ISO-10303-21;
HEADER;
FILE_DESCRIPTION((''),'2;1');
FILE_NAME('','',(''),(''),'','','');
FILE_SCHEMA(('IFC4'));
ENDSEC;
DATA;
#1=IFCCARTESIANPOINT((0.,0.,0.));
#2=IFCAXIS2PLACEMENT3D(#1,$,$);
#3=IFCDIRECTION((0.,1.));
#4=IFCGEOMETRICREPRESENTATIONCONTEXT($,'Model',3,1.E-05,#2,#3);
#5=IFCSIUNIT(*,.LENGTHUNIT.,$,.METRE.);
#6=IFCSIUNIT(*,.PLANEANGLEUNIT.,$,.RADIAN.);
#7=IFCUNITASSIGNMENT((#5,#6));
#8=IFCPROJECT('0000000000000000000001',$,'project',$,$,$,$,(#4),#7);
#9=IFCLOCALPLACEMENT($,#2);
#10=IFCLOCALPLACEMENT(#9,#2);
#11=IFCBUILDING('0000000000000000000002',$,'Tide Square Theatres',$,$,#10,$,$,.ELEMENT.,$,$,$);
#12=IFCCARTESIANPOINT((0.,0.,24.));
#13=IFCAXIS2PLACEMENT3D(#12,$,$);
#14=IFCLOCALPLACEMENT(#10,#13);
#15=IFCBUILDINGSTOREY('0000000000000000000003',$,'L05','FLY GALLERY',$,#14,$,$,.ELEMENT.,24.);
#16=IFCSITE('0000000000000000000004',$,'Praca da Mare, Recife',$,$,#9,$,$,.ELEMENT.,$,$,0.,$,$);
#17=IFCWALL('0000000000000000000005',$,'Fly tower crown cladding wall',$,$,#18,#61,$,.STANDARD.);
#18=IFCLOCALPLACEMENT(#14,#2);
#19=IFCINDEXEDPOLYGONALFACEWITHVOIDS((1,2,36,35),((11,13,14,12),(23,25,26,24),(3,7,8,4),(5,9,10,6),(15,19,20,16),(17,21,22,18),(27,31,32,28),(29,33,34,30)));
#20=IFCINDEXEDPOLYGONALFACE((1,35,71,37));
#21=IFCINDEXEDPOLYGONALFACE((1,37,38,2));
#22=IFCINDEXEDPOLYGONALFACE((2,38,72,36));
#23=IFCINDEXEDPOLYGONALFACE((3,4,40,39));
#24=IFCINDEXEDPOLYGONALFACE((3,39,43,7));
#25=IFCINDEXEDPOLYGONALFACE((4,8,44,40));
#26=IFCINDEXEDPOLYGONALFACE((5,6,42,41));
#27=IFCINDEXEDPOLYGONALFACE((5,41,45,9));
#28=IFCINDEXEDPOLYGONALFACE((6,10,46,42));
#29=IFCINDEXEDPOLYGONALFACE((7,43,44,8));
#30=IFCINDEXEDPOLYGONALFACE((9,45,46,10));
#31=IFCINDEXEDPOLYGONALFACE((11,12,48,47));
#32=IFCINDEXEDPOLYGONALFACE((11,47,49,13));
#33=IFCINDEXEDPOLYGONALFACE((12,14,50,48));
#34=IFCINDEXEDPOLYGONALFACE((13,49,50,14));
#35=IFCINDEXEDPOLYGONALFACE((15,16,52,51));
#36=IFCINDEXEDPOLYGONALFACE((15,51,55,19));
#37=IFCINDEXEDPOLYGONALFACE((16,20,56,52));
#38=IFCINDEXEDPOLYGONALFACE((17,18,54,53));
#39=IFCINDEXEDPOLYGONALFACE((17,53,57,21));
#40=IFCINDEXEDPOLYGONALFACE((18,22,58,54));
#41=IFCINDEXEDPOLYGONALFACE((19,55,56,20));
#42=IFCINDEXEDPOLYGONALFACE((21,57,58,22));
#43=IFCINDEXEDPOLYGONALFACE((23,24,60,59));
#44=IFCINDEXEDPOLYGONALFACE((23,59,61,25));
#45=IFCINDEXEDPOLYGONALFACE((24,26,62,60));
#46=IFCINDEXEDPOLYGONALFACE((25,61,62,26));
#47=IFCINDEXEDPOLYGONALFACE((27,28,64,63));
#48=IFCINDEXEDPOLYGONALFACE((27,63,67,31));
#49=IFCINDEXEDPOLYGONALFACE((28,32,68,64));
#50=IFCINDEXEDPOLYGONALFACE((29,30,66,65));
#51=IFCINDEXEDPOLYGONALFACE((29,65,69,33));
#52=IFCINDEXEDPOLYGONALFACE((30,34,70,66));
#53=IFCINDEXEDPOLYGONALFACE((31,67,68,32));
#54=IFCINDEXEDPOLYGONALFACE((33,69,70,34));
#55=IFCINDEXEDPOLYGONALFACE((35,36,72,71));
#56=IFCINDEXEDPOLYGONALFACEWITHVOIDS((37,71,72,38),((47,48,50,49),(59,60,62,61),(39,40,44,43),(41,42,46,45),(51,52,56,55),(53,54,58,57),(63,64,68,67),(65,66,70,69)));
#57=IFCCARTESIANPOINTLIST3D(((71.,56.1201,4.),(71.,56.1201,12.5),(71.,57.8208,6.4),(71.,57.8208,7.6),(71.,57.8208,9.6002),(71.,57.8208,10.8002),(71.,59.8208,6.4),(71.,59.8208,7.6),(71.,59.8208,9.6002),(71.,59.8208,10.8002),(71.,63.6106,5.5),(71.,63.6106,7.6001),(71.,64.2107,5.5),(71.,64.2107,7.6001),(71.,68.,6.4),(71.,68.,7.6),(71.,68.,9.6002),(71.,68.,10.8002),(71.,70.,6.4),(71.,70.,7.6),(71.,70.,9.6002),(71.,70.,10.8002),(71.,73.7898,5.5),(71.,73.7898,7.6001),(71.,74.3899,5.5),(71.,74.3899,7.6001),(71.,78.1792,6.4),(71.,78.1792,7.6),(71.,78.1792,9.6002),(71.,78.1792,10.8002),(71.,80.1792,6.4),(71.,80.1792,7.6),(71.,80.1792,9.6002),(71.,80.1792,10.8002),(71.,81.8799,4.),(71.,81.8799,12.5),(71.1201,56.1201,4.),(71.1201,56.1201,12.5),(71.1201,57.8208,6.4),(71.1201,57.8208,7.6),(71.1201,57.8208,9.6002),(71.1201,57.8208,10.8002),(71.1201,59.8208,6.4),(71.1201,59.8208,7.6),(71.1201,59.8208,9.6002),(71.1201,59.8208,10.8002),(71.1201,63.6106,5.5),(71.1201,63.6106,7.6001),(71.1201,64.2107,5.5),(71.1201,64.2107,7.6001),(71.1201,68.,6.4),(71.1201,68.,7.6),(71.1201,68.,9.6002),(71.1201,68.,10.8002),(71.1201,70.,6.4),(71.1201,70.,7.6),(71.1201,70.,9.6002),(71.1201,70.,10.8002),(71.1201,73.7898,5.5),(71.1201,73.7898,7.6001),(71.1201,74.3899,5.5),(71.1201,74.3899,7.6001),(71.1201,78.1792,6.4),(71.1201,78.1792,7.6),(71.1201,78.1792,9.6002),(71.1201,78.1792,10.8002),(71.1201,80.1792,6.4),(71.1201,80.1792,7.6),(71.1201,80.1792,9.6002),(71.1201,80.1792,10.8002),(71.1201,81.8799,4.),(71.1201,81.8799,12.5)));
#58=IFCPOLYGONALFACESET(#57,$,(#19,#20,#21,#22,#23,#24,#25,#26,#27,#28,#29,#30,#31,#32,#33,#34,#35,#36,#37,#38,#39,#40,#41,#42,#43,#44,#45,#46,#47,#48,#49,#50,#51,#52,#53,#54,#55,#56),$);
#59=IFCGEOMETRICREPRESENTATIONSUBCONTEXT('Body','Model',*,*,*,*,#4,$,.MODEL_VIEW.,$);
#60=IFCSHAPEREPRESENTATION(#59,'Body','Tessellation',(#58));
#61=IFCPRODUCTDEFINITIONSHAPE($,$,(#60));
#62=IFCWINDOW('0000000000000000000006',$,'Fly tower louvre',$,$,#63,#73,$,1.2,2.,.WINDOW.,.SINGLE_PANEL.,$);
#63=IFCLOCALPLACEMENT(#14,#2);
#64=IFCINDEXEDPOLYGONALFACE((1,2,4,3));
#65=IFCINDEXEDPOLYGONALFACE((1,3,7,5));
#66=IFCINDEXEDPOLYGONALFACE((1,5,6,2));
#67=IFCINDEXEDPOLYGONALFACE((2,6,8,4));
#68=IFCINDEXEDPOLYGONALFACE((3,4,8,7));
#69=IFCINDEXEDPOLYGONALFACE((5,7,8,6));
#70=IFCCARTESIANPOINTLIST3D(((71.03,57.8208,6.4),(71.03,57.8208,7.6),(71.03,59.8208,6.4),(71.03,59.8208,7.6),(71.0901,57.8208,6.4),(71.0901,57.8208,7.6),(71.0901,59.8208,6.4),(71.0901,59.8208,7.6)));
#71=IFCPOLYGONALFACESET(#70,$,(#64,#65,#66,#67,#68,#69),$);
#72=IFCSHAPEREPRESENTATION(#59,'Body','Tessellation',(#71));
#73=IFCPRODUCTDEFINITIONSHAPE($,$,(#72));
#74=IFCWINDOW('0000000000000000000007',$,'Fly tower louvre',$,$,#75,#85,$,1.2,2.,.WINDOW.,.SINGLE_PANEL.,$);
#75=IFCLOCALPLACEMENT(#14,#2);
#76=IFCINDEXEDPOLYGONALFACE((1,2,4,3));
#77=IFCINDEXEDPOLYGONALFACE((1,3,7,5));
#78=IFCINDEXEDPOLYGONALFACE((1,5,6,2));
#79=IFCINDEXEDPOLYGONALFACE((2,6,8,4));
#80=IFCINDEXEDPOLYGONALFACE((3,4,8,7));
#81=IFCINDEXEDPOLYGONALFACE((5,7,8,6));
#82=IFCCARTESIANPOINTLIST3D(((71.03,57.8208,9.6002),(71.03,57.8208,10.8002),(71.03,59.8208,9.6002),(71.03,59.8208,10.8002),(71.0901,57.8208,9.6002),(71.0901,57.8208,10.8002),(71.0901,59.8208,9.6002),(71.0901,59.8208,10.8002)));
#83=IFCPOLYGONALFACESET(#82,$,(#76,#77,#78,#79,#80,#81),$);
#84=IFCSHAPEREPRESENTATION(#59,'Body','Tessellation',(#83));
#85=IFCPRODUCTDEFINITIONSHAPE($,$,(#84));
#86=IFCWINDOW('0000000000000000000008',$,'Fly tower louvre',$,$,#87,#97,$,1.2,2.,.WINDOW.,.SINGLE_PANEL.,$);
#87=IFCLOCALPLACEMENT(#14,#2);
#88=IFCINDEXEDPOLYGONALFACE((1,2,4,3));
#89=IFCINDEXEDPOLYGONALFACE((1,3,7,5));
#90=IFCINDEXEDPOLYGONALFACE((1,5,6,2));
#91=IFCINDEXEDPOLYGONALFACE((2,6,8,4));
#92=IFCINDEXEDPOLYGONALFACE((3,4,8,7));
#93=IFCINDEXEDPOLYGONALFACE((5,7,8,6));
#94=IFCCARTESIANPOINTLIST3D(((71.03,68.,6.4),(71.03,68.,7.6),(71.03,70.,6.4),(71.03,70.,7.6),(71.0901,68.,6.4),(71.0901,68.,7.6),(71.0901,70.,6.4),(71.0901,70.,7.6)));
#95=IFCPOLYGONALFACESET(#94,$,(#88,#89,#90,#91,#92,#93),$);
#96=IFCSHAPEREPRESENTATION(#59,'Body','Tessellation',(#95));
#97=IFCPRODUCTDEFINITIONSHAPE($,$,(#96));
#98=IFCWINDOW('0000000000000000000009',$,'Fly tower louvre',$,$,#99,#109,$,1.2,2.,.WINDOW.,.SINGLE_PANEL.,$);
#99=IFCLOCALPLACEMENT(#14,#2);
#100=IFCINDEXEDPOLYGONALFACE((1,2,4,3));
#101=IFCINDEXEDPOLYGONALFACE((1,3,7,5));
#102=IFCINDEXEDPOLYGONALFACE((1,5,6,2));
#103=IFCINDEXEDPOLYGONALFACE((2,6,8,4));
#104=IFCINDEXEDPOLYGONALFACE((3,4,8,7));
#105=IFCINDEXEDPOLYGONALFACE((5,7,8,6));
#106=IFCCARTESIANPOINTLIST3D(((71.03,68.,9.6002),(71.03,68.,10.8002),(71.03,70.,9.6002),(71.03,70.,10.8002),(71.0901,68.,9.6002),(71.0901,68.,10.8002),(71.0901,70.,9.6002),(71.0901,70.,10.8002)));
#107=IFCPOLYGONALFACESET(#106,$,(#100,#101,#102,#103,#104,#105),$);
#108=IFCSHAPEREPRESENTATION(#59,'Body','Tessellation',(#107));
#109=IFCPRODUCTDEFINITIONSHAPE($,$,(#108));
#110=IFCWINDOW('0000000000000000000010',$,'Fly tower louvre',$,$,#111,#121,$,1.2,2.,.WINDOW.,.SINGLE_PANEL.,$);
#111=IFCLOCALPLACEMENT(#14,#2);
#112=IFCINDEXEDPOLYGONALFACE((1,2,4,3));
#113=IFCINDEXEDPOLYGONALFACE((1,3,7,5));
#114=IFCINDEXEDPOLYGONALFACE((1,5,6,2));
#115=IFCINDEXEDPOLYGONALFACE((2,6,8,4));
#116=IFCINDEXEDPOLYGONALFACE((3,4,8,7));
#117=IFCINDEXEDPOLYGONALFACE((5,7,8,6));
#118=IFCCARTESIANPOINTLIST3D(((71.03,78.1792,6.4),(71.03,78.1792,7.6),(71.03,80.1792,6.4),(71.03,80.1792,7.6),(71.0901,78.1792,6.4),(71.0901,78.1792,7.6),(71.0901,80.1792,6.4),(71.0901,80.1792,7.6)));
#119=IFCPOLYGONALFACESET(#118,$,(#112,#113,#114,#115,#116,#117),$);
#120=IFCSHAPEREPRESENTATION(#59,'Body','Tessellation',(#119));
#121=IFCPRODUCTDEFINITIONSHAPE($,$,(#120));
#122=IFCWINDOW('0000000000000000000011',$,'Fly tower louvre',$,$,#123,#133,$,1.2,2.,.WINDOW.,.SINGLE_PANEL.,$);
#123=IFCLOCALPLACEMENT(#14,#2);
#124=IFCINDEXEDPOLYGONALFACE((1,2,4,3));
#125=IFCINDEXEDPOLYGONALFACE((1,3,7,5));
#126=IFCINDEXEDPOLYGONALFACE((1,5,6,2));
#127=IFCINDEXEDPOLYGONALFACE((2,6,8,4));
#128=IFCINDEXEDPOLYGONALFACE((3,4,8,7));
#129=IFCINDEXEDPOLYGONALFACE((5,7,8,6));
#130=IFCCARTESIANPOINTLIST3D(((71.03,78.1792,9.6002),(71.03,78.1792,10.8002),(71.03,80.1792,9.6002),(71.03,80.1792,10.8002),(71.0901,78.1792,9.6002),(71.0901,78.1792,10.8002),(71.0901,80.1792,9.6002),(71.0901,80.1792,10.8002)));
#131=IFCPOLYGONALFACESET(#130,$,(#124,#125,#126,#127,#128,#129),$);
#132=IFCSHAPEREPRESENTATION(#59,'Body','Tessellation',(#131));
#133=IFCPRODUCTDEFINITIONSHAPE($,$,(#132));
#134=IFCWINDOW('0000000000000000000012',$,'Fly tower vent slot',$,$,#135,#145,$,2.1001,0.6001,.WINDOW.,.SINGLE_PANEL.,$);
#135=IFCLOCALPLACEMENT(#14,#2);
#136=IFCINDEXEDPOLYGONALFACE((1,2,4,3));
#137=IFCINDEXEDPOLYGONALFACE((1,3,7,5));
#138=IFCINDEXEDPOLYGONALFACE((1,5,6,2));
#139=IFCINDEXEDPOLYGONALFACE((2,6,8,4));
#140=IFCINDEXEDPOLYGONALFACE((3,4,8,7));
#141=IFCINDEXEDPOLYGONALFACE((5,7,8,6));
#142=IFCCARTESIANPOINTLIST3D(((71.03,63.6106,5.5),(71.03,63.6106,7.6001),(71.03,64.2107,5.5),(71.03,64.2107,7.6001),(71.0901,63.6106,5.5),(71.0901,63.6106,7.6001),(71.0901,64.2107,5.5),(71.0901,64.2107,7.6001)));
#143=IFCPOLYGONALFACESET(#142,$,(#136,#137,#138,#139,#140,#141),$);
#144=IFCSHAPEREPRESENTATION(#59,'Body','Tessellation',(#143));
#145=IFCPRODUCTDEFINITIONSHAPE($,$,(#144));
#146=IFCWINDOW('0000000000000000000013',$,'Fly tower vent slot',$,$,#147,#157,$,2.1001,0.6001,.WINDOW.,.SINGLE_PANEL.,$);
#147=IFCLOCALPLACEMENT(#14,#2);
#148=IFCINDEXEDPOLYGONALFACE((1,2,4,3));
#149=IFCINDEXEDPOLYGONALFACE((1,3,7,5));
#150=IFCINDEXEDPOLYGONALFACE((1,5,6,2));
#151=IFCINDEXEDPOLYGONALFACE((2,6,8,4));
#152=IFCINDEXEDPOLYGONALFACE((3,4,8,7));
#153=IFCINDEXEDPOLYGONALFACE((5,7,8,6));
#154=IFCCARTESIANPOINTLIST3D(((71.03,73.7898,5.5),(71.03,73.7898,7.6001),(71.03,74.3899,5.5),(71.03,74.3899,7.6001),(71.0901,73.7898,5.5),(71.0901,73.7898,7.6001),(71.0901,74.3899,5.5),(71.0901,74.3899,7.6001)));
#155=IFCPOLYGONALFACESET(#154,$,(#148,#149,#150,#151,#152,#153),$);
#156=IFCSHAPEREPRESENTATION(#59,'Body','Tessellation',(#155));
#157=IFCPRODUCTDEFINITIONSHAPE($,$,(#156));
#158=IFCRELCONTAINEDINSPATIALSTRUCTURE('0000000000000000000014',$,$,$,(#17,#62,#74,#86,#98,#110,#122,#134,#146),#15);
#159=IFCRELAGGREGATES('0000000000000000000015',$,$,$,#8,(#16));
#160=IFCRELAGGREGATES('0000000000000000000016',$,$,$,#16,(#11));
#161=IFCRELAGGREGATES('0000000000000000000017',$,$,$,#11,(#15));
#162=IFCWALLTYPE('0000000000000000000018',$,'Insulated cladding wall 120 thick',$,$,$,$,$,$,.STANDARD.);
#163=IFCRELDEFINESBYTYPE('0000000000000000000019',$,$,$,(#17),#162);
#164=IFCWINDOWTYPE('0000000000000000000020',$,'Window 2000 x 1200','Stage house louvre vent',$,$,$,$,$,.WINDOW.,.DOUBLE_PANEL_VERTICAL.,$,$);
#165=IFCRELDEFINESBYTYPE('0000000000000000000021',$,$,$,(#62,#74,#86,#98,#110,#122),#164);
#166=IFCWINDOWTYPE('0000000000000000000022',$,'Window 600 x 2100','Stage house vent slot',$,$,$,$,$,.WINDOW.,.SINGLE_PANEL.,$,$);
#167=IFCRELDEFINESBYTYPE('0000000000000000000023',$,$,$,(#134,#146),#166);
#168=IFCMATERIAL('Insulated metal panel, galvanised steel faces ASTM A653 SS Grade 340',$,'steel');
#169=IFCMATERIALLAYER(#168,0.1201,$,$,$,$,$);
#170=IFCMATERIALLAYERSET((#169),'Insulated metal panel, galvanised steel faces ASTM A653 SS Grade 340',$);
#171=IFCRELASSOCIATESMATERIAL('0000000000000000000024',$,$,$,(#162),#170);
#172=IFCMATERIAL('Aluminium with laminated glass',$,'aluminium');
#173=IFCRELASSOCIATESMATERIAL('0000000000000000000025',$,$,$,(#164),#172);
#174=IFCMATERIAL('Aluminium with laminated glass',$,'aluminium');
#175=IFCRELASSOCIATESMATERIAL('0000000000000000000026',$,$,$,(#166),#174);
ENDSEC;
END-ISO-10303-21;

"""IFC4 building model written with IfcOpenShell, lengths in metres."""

from ifc_helpers import new_model, si_unit, direction, frame, frame_2d, origin, place, context, subcontext, project, spatial, rectangle, extrude, material, layer, layer_set, type_object, element, fill, save


model = new_model("IFC4")

# Units and contexts
model_context = context("Model", 3, precision=1e-05, world=origin(), true_north=direction((0.0, 1.0)))
body_context = subcontext(model_context, "Body", "Model", "MODEL_VIEW")
ifc_project = project(units=[si_unit("LENGTHUNIT", "METRE"), si_unit("PLANEANGLEUNIT", "RADIAN")], contexts=[model_context])

# Site, building, storey
site_placement = place(None, origin())
site = spatial("IfcSite", under=ifc_project, at=site_placement, Name="Praca da Mare, Recife", CompositionType="ELEMENT", RefElevation=0.0)
building_placement = place(site_placement, origin())
building = spatial("IfcBuilding", under=site, at=building_placement, Name="Tide Square Theatres", CompositionType="ELEMENT")
storey_placement = place(building_placement, frame((0.0, 0.0, 24.0)))
storey = spatial("IfcBuildingStorey", under=building, at=storey_placement, Name="L05", Description="FLY GALLERY", CompositionType="ELEMENT", Elevation=24.0)

# Wall, openings, windows
ifc_material_1 = material(Name="Insulated metal panel, galvanised steel faces ASTM A653 SS Grade 340", Category="steel")
ifc_layer = layer(ifc_material_1, 0.1201)
ifc_layer_set = layer_set([ifc_layer], Name="Insulated metal panel, galvanised steel faces ASTM A653 SS Grade 340")
wall_type = type_object("IfcWallType", Name="Insulated cladding wall 120 thick", PredefinedType="STANDARD", material=ifc_layer_set)
wall_1_placement = place(storey_placement, frame((71.0601, 56.1201, 4.0), z_axis=(0.0, 0.0, 1.0), x_axis=(0.0, 1.0, 0.0)))
wall_1 = element("IfcWall", 1, at=wall_1_placement, inside=storey, type_object=wall_type, Name="Fly tower crown cladding wall", PredefinedType="STANDARD", context=body_context, shape_type="SweptSolid", body=[
    extrude(rectangle(XDim=25.7598, YDim=0.1201, at=frame_2d((12.8799, 0.0))), origin(), (0.0, 0.0, 1.0), 8.5),
])
opening_1_placement = place(wall_1_placement, frame((1.7007, 0.0, 2.3999)))
opening_1 = element("IfcOpeningElement", 2, at=opening_1_placement, cuts=wall_1, PredefinedType="OPENING", context=body_context, shape_type="SweptSolid", body=[
    extrude(rectangle(XDim=2.0, YDim=1.2, at=frame_2d((1.0, 0.6001))), frame((0.0, 0.0701, 0.0), z_axis=(0.0, -1.0, 0.0), x_axis=(1.0, 0.0, 0.0)), (0.0, 0.0, 1.0), 0.1401),
])
opening_2_placement = place(wall_1_placement, frame((1.7007, 0.0, 5.6001)))
opening_2 = element("IfcOpeningElement", 3, at=opening_2_placement, cuts=wall_1, PredefinedType="OPENING", context=body_context, shape_type="SweptSolid", body=[
    extrude(rectangle(XDim=2.0, YDim=1.2, at=frame_2d((1.0, 0.6001))), frame((0.0, 0.0701, 0.0), z_axis=(0.0, -1.0, 0.0), x_axis=(1.0, 0.0, 0.0)), (0.0, 0.0, 1.0), 0.1401),
])
opening_3_placement = place(wall_1_placement, frame((11.8799, 0.0, 2.3999)))
opening_3 = element("IfcOpeningElement", 4, at=opening_3_placement, cuts=wall_1, PredefinedType="OPENING", context=body_context, shape_type="SweptSolid", body=[
    extrude(rectangle(XDim=2.0, YDim=1.2, at=frame_2d((1.0, 0.6001))), frame((0.0, 0.0701, 0.0), z_axis=(0.0, -1.0, 0.0), x_axis=(1.0, 0.0, 0.0)), (0.0, 0.0, 1.0), 0.1401),
])
opening_4_placement = place(wall_1_placement, frame((11.8799, 0.0, 5.6001)))
opening_4 = element("IfcOpeningElement", 5, at=opening_4_placement, cuts=wall_1, PredefinedType="OPENING", context=body_context, shape_type="SweptSolid", body=[
    extrude(rectangle(XDim=2.0, YDim=1.2, at=frame_2d((1.0, 0.6001))), frame((0.0, 0.0701, 0.0), z_axis=(0.0, -1.0, 0.0), x_axis=(1.0, 0.0, 0.0)), (0.0, 0.0, 1.0), 0.1401),
])
opening_5_placement = place(wall_1_placement, frame((22.0591, 0.0, 2.3999)))
opening_5 = element("IfcOpeningElement", 6, at=opening_5_placement, cuts=wall_1, PredefinedType="OPENING", context=body_context, shape_type="SweptSolid", body=[
    extrude(rectangle(XDim=2.0, YDim=1.2, at=frame_2d((1.0, 0.6001))), frame((0.0, 0.0701, 0.0), z_axis=(0.0, -1.0, 0.0), x_axis=(1.0, 0.0, 0.0)), (0.0, 0.0, 1.0), 0.1401),
])
opening_6_placement = place(wall_1_placement, frame((22.0591, 0.0, 5.6001)))
opening_6 = element("IfcOpeningElement", 7, at=opening_6_placement, cuts=wall_1, PredefinedType="OPENING", context=body_context, shape_type="SweptSolid", body=[
    extrude(rectangle(XDim=2.0, YDim=1.2, at=frame_2d((1.0, 0.6001))), frame((0.0, 0.0701, 0.0), z_axis=(0.0, -1.0, 0.0), x_axis=(1.0, 0.0, 0.0)), (0.0, 0.0, 1.0), 0.1401),
])
opening_7_placement = place(wall_1_placement, frame((7.4905, 0.0, 1.5)))
opening_7 = element("IfcOpeningElement", 8, at=opening_7_placement, cuts=wall_1, PredefinedType="OPENING", context=body_context, shape_type="SweptSolid", body=[
    extrude(rectangle(XDim=0.6001, YDim=2.1001, at=frame_2d((0.3, 1.05))), frame((0.0, 0.0701, 0.0), z_axis=(0.0, -1.0, 0.0), x_axis=(1.0, 0.0, 0.0)), (0.0, 0.0, 1.0), 0.1401),
])
opening_8_placement = place(wall_1_placement, frame((17.6697, 0.0, 1.5)))
opening_8 = element("IfcOpeningElement", 9, at=opening_8_placement, cuts=wall_1, PredefinedType="OPENING", context=body_context, shape_type="SweptSolid", body=[
    extrude(rectangle(XDim=0.6001, YDim=2.1001, at=frame_2d((0.3, 1.05))), frame((0.0, 0.0701, 0.0), z_axis=(0.0, -1.0, 0.0), x_axis=(1.0, 0.0, 0.0)), (0.0, 0.0, 1.0), 0.1401),
])
ifc_material_2 = material(Name="Aluminium with laminated glass", Category="aluminium")
window_type_1 = type_object("IfcWindowType", Name="Window 2000 x 1200", Description="Stage house louvre vent", PartitioningType="DOUBLE_PANEL_VERTICAL", PredefinedType="WINDOW", material=ifc_material_2)
window_1_placement = place(opening_1_placement, origin())
window_1 = element("IfcWindow", 10, at=window_1_placement, inside=storey, type_object=window_type_1, Name="Fly tower louvre", OverallHeight=1.2, OverallWidth=2.0, PartitioningType="SINGLE_PANEL", PredefinedType="WINDOW", context=body_context, shape_type="SweptSolid", body=[
    extrude(rectangle(XDim=2.0, YDim=1.2, at=frame_2d((1.0, 0.6001))), frame((0.0, 0.03, 0.0), z_axis=(0.0, -1.0, 0.0), x_axis=(1.0, 0.0, 0.0)), (0.0, 0.0, 1.0), 0.0601),
])
fill(opening_1, window_1)
window_2_placement = place(opening_2_placement, origin())
window_2 = element("IfcWindow", 11, at=window_2_placement, inside=storey, type_object=window_type_1, Name="Fly tower louvre", OverallHeight=1.2, OverallWidth=2.0, PartitioningType="SINGLE_PANEL", PredefinedType="WINDOW", context=body_context, shape_type="SweptSolid", body=[
    extrude(rectangle(XDim=2.0, YDim=1.2, at=frame_2d((1.0, 0.6001))), frame((0.0, 0.03, 0.0), z_axis=(0.0, -1.0, 0.0), x_axis=(1.0, 0.0, 0.0)), (0.0, 0.0, 1.0), 0.0601),
])
fill(opening_2, window_2)
window_3_placement = place(opening_3_placement, origin())
window_3 = element("IfcWindow", 12, at=window_3_placement, inside=storey, type_object=window_type_1, Name="Fly tower louvre", OverallHeight=1.2, OverallWidth=2.0, PartitioningType="SINGLE_PANEL", PredefinedType="WINDOW", context=body_context, shape_type="SweptSolid", body=[
    extrude(rectangle(XDim=2.0, YDim=1.2, at=frame_2d((1.0, 0.6001))), frame((0.0, 0.03, 0.0), z_axis=(0.0, -1.0, 0.0), x_axis=(1.0, 0.0, 0.0)), (0.0, 0.0, 1.0), 0.0601),
])
fill(opening_3, window_3)
window_4_placement = place(opening_4_placement, origin())
window_4 = element("IfcWindow", 13, at=window_4_placement, inside=storey, type_object=window_type_1, Name="Fly tower louvre", OverallHeight=1.2, OverallWidth=2.0, PartitioningType="SINGLE_PANEL", PredefinedType="WINDOW", context=body_context, shape_type="SweptSolid", body=[
    extrude(rectangle(XDim=2.0, YDim=1.2, at=frame_2d((1.0, 0.6001))), frame((0.0, 0.03, 0.0), z_axis=(0.0, -1.0, 0.0), x_axis=(1.0, 0.0, 0.0)), (0.0, 0.0, 1.0), 0.0601),
])
fill(opening_4, window_4)
window_5_placement = place(opening_5_placement, origin())
window_5 = element("IfcWindow", 14, at=window_5_placement, inside=storey, type_object=window_type_1, Name="Fly tower louvre", OverallHeight=1.2, OverallWidth=2.0, PartitioningType="SINGLE_PANEL", PredefinedType="WINDOW", context=body_context, shape_type="SweptSolid", body=[
    extrude(rectangle(XDim=2.0, YDim=1.2, at=frame_2d((1.0, 0.6001))), frame((0.0, 0.03, 0.0), z_axis=(0.0, -1.0, 0.0), x_axis=(1.0, 0.0, 0.0)), (0.0, 0.0, 1.0), 0.0601),
])
fill(opening_5, window_5)
window_6_placement = place(opening_6_placement, origin())
window_6 = element("IfcWindow", 15, at=window_6_placement, inside=storey, type_object=window_type_1, Name="Fly tower louvre", OverallHeight=1.2, OverallWidth=2.0, PartitioningType="SINGLE_PANEL", PredefinedType="WINDOW", context=body_context, shape_type="SweptSolid", body=[
    extrude(rectangle(XDim=2.0, YDim=1.2, at=frame_2d((1.0, 0.6001))), frame((0.0, 0.03, 0.0), z_axis=(0.0, -1.0, 0.0), x_axis=(1.0, 0.0, 0.0)), (0.0, 0.0, 1.0), 0.0601),
])
fill(opening_6, window_6)
ifc_material_3 = material(Name="Aluminium with laminated glass", Category="aluminium")
window_type_2 = type_object("IfcWindowType", Name="Window 600 x 2100", Description="Stage house vent slot", PartitioningType="SINGLE_PANEL", PredefinedType="WINDOW", material=ifc_material_3)
window_7_placement = place(opening_7_placement, origin())
window_7 = element("IfcWindow", 16, at=window_7_placement, inside=storey, type_object=window_type_2, Name="Fly tower vent slot", OverallHeight=2.1001, OverallWidth=0.6001, PartitioningType="SINGLE_PANEL", PredefinedType="WINDOW", context=body_context, shape_type="SweptSolid", body=[
    extrude(rectangle(XDim=0.6001, YDim=2.1001, at=frame_2d((0.3, 1.05))), frame((0.0, 0.03, 0.0), z_axis=(0.0, -1.0, 0.0), x_axis=(1.0, 0.0, 0.0)), (0.0, 0.0, 1.0), 0.0601),
])
fill(opening_7, window_7)
window_8_placement = place(opening_8_placement, origin())
window_8 = element("IfcWindow", 17, at=window_8_placement, inside=storey, type_object=window_type_2, Name="Fly tower vent slot", OverallHeight=2.1001, OverallWidth=0.6001, PartitioningType="SINGLE_PANEL", PredefinedType="WINDOW", context=body_context, shape_type="SweptSolid", body=[
    extrude(rectangle(XDim=0.6001, YDim=2.1001, at=frame_2d((0.3, 1.05))), frame((0.0, 0.03, 0.0), z_axis=(0.0, -1.0, 0.0), x_axis=(1.0, 0.0, 0.0)), (0.0, 0.0, 1.0), 0.0601),
])
fill(opening_8, window_8)

save(model, "model.ifc")
